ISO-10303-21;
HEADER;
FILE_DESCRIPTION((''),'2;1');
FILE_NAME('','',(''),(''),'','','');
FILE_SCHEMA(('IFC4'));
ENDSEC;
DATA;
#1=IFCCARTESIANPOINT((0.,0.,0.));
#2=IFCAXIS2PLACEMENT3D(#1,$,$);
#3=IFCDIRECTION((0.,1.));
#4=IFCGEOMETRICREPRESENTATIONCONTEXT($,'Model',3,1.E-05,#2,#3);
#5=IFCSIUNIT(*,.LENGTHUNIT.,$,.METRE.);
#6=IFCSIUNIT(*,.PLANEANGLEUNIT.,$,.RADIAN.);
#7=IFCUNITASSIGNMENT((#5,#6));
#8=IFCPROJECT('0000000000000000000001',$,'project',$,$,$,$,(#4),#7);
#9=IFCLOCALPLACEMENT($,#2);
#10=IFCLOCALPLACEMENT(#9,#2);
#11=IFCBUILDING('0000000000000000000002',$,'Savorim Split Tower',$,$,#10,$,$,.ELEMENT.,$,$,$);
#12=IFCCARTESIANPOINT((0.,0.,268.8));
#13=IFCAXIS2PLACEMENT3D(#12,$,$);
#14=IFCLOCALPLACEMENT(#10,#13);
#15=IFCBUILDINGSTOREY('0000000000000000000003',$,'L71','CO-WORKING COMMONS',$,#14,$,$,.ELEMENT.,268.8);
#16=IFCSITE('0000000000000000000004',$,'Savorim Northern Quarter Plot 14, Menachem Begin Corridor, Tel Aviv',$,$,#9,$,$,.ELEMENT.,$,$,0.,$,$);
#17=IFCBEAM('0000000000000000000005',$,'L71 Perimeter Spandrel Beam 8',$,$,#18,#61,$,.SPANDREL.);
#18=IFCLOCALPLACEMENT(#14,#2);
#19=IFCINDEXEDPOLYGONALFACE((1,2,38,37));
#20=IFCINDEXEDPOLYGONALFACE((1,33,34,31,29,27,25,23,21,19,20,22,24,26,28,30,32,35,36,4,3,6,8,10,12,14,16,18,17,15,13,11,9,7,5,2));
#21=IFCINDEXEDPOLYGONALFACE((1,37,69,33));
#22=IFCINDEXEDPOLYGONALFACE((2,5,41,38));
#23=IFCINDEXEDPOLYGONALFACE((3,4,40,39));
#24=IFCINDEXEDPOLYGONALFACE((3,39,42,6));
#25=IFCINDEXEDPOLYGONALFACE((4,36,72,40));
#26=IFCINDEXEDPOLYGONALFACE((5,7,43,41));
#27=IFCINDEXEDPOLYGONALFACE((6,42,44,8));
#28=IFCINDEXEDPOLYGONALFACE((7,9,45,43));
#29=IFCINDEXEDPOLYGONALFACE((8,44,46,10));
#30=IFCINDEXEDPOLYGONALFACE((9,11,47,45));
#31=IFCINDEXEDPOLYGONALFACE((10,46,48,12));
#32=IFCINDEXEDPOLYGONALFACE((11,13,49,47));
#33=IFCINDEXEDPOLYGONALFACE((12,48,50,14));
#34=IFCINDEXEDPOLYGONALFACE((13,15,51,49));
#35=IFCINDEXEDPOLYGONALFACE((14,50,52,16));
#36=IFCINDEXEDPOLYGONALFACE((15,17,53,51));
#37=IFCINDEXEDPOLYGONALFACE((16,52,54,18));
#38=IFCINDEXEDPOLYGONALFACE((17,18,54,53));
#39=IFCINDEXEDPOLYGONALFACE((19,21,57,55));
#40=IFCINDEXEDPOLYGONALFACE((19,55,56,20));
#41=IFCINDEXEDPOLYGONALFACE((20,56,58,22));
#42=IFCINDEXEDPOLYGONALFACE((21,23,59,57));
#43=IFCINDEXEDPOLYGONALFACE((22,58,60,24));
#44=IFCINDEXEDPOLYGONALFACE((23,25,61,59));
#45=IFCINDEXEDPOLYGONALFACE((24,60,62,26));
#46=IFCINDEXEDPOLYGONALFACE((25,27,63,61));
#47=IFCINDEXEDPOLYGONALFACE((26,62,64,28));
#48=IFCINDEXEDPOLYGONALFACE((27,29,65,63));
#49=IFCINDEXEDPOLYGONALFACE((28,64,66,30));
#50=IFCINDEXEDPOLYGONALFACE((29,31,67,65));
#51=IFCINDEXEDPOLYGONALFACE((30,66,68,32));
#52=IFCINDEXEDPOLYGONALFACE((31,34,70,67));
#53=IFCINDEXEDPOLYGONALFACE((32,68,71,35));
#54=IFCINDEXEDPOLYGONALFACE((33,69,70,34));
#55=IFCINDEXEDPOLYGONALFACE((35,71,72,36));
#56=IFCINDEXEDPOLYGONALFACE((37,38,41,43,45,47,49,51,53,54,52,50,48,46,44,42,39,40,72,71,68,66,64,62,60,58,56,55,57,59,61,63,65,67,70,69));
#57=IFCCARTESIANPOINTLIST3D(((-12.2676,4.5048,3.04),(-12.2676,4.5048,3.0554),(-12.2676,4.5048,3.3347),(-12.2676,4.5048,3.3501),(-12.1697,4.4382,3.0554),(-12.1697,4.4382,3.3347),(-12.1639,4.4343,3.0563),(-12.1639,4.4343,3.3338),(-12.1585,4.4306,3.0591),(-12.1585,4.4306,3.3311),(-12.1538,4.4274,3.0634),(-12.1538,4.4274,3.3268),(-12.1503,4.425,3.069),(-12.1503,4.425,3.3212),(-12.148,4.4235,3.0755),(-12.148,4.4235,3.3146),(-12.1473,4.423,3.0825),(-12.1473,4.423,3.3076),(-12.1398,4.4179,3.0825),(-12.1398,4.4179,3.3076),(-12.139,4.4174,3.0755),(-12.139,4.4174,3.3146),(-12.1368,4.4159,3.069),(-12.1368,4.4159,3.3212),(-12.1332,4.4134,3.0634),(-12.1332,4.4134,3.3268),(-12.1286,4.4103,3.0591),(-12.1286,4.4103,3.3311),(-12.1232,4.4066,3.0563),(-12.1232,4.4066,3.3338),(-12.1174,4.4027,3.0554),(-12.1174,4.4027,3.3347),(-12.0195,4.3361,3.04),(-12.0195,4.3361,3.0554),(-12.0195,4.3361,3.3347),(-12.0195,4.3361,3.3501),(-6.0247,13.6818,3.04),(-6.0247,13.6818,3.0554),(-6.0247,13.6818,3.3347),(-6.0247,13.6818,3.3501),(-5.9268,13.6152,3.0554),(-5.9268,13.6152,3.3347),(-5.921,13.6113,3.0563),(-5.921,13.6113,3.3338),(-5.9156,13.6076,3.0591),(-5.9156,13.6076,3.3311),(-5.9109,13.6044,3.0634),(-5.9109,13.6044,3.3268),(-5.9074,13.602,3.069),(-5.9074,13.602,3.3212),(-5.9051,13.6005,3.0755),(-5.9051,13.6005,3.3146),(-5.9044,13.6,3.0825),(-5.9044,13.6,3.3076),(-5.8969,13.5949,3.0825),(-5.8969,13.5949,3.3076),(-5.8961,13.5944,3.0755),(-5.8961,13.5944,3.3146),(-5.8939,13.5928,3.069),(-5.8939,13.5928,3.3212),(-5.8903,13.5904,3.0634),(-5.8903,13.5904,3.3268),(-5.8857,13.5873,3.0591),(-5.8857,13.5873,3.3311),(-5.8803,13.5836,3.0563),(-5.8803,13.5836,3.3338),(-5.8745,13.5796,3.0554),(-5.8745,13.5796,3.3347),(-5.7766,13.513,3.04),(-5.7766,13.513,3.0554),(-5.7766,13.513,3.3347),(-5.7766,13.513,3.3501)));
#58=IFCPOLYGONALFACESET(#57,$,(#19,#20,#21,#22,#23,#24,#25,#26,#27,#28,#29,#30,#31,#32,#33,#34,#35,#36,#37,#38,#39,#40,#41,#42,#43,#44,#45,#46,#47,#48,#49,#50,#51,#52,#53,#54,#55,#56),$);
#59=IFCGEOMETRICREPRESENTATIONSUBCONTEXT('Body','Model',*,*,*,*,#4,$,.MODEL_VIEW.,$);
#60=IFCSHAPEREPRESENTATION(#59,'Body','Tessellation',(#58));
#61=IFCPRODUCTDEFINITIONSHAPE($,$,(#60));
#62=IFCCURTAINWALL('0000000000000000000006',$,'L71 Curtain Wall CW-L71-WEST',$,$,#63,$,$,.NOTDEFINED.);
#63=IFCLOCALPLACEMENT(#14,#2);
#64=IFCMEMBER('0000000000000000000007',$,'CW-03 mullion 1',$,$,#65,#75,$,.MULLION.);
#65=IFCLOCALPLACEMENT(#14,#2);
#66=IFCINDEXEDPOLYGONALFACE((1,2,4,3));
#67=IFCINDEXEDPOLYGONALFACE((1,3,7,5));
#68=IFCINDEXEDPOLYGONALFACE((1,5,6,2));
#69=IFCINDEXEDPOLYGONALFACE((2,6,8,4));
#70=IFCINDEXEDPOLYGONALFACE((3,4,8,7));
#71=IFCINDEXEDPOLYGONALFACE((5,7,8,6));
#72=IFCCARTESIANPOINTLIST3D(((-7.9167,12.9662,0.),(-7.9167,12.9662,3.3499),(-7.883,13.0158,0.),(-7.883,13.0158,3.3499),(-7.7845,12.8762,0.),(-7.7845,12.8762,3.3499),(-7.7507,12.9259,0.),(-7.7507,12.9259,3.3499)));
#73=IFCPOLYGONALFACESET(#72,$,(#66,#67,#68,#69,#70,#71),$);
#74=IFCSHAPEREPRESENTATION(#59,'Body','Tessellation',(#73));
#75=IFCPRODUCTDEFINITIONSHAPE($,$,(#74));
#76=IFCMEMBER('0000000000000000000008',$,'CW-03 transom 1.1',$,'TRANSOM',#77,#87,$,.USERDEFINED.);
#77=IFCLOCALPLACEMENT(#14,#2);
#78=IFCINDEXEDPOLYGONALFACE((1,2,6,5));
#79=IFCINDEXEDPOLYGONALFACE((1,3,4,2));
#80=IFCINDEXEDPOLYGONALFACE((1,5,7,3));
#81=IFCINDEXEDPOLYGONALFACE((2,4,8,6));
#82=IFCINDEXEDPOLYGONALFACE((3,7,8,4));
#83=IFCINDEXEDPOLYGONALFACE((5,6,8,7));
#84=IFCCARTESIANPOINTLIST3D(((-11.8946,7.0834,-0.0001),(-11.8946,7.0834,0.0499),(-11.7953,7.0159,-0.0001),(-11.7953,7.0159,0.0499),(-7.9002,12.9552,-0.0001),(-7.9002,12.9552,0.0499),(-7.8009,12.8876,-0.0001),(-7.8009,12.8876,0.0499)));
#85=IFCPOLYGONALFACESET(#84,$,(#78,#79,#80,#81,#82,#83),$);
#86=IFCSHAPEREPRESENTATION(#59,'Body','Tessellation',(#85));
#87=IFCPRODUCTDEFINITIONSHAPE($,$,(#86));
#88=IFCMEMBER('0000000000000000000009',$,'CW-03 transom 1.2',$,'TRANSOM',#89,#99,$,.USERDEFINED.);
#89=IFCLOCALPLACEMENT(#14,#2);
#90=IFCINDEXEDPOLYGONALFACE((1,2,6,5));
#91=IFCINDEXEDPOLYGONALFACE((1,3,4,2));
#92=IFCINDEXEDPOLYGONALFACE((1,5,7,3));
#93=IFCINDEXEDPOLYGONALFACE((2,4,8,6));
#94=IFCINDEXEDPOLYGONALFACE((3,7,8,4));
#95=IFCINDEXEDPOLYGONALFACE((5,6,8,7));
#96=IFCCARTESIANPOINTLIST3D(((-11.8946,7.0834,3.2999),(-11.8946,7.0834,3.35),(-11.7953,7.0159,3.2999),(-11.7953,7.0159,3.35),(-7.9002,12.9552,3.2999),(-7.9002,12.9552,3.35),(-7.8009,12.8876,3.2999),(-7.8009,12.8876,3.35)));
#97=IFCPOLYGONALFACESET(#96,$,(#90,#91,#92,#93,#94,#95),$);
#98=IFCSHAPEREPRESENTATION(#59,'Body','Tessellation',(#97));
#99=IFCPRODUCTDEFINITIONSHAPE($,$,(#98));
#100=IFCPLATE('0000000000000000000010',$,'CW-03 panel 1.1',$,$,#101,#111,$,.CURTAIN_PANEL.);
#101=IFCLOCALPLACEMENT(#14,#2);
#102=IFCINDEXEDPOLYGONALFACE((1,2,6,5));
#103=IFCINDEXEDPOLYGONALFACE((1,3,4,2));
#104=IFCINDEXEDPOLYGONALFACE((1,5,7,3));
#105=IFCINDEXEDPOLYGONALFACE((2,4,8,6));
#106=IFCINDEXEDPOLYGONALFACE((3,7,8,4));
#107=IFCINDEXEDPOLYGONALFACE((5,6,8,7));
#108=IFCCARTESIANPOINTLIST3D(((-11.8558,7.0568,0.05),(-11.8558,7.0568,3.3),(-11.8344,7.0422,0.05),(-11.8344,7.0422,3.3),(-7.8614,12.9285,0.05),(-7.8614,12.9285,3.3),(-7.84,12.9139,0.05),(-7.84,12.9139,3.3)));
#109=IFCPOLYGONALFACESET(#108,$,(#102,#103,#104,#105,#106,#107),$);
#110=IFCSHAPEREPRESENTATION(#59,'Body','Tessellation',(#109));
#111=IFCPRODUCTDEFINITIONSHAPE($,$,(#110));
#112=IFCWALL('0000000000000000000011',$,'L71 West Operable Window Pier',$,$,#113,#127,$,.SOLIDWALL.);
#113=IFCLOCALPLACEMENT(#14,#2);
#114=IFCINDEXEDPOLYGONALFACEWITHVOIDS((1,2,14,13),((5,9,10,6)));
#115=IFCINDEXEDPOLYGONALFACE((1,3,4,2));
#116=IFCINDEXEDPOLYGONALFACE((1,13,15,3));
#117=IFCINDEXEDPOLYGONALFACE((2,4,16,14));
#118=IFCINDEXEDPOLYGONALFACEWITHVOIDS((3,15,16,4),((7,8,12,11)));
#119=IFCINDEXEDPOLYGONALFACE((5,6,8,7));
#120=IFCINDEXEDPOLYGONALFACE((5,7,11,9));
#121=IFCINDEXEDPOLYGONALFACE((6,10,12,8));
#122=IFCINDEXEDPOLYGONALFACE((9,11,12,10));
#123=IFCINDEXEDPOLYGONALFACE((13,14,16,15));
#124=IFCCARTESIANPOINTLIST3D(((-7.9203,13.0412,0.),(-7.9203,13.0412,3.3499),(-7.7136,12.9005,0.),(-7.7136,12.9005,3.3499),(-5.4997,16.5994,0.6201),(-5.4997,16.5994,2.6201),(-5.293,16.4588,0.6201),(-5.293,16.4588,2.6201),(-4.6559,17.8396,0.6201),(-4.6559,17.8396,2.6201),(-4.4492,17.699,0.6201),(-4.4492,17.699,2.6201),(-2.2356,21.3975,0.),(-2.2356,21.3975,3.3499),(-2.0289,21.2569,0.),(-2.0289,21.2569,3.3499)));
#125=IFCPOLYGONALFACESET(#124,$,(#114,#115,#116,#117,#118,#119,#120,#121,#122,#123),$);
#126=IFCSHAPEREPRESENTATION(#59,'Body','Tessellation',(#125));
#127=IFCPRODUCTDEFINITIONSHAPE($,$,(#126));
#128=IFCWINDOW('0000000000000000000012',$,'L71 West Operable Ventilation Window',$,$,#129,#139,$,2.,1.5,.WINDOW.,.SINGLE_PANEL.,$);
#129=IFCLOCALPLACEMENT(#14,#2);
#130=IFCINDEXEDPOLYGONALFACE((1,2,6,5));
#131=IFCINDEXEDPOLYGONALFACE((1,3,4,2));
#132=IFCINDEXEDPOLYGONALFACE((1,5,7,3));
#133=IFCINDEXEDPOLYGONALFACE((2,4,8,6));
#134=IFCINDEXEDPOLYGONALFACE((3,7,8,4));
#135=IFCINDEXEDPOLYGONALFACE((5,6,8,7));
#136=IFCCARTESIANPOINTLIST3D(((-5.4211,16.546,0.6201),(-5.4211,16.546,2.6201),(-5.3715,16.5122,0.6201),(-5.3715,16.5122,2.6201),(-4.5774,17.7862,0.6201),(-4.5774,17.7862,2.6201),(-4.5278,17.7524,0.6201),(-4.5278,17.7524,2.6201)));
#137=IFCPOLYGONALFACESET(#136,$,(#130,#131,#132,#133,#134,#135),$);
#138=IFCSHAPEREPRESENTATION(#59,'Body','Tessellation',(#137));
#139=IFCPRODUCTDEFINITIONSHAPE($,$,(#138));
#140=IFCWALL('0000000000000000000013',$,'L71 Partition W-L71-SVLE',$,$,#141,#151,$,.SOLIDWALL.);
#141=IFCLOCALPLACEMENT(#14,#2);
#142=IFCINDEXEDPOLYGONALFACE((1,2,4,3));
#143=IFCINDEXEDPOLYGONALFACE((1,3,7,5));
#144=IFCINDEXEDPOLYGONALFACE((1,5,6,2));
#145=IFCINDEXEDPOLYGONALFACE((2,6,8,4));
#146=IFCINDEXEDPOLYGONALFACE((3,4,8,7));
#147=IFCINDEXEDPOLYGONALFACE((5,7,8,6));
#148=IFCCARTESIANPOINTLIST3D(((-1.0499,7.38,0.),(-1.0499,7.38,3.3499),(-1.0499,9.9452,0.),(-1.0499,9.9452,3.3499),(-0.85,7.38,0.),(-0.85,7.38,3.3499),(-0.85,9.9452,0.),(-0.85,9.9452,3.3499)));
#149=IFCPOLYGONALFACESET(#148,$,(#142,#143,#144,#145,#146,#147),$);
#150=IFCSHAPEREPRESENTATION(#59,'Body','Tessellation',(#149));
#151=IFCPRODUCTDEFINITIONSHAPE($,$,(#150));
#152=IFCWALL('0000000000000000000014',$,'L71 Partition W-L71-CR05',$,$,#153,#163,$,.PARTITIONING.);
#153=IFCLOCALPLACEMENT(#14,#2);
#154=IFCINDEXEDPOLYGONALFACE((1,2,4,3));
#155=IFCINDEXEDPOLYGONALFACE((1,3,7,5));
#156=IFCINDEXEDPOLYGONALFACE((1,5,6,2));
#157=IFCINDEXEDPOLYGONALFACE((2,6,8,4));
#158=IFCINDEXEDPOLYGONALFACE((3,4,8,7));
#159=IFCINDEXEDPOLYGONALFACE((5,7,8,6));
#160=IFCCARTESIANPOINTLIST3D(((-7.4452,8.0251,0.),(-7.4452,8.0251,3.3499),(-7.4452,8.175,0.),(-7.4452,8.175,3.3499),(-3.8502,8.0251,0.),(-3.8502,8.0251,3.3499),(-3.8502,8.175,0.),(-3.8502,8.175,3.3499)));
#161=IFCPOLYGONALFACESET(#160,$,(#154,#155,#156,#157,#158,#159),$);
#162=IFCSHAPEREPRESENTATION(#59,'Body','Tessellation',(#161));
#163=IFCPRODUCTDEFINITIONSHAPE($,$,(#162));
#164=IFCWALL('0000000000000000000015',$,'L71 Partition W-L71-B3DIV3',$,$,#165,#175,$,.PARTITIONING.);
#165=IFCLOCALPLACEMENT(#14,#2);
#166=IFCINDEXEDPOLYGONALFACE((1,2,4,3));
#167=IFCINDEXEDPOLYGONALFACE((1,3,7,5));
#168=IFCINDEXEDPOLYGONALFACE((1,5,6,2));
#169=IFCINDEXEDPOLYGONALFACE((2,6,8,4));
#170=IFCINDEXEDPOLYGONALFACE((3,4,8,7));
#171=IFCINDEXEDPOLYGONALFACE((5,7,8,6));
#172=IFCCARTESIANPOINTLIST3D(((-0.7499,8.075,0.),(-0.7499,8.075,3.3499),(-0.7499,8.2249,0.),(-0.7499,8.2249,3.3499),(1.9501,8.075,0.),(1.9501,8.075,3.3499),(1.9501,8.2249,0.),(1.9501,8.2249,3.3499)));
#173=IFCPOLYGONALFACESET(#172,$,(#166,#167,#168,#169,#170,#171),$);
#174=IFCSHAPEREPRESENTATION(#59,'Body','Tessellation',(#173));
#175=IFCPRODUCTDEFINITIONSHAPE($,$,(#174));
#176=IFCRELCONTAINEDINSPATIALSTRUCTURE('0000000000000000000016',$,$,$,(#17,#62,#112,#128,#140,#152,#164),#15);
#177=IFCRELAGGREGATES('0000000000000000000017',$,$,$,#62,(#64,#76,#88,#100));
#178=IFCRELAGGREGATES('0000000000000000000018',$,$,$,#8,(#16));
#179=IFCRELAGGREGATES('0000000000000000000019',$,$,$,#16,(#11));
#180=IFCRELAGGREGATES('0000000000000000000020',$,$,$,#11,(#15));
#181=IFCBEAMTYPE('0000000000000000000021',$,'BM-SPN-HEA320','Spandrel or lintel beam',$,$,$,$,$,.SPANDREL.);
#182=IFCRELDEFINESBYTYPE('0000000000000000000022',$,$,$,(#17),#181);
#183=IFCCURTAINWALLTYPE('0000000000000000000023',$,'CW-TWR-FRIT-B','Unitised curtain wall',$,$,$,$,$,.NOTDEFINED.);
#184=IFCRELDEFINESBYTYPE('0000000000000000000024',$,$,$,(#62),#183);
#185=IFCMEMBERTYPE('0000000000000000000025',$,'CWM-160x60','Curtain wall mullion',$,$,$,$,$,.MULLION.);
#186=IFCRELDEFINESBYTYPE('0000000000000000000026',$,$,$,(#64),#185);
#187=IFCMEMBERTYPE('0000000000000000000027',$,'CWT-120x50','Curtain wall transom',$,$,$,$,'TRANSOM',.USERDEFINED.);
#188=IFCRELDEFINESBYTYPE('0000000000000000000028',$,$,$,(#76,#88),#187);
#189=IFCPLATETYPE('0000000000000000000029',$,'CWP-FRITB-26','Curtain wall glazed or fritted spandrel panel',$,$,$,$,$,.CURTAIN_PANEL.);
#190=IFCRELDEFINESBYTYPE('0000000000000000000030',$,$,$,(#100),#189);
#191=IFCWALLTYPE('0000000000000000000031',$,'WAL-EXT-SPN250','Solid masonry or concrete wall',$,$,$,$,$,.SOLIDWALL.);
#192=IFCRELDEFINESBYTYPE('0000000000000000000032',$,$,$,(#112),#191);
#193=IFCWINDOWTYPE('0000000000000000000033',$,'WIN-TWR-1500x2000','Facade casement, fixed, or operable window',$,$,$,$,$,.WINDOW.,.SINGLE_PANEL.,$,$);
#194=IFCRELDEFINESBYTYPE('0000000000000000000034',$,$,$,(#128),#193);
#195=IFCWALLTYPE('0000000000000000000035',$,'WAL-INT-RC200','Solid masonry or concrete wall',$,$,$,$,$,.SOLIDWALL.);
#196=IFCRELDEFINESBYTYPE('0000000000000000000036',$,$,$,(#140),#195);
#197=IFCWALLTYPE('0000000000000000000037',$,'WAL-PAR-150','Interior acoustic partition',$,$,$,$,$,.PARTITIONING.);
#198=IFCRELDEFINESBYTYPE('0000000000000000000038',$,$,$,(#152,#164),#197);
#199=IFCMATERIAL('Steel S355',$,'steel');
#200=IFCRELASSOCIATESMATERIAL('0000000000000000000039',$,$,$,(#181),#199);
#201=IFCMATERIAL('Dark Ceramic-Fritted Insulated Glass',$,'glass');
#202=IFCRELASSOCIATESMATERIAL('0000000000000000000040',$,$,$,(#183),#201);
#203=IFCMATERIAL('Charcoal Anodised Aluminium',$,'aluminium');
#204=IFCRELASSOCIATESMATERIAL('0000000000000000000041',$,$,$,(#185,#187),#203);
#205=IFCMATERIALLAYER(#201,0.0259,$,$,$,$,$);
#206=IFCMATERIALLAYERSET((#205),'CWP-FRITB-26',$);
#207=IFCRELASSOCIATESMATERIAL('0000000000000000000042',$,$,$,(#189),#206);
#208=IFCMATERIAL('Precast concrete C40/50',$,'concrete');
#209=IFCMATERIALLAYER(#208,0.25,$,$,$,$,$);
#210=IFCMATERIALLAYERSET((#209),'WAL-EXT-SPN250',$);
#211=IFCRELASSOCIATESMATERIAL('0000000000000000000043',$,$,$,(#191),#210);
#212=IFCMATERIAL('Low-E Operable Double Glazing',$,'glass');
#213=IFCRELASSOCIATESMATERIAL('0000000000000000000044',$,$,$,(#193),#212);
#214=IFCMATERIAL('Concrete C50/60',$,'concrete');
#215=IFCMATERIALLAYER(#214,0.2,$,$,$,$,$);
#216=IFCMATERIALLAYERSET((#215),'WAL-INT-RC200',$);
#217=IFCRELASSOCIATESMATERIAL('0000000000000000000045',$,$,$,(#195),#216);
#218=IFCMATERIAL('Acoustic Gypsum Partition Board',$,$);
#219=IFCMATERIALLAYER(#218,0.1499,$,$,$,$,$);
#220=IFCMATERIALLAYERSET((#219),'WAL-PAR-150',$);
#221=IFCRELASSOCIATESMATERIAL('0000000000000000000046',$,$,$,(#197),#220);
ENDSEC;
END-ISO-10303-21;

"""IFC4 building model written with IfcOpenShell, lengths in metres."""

from ifc_helpers import new_model, si_unit, direction, frame, frame_2d, origin, origin_2d, place, context, subcontext, project, spatial, rectangle, i_section, extrude, material, layer, layer_set, material_profile, profile_set, type_object, element, fill, aggregate, save


model = new_model("IFC4")

# Units and contexts
model_context = context("Model", 3, precision=1e-05, world=origin(), true_north=direction((0.0, 1.0)))
body_context = subcontext(model_context, "Body", "Model", "MODEL_VIEW")
ifc_project = project(units=[si_unit("LENGTHUNIT", "METRE"), si_unit("PLANEANGLEUNIT", "RADIAN")], contexts=[model_context])

# Site, building, storey
site_placement = place(None, origin())
site = spatial("IfcSite", under=ifc_project, at=site_placement, Name="Savorim Northern Quarter Plot 14, Menachem Begin Corridor, Tel Aviv", CompositionType="ELEMENT", RefElevation=0.0)
building_placement = place(site_placement, origin())
building = spatial("IfcBuilding", under=site, at=building_placement, Name="Savorim Split Tower", CompositionType="ELEMENT")
storey_placement = place(building_placement, frame((0.0, 0.0, 268.8)))
storey = spatial("IfcBuildingStorey", under=building, at=storey_placement, Name="L71", Description="CO-WORKING COMMONS", CompositionType="ELEMENT", Elevation=268.8)

# Shared definitions
ifc_material_1 = material(Name="Steel S355", Category="steel")

# Beam
ifc_material_profile_1 = material_profile(ifc_material_1, i_section(OverallWidth=0.3, OverallDepth=0.3101, WebThickness=0.009, FlangeThickness=0.0154, FilletRadius=0.0271, at=origin_2d()), Name="HEA 320")
ifc_profile_set_1 = profile_set([ifc_material_profile_1], Name="Steel S355")
beam_type_1 = type_object("IfcBeamType", Name="BM-SPN-HEA320", Description="Spandrel or lintel beam", PredefinedType="SPANDREL", material=ifc_profile_set_1)
beam_1_placement = place(storey_placement, frame((-5.9006, 13.5974, 3.1951), z_axis=(-0.562468, -0.826819, 0.0), x_axis=(0.826819, -0.562468, 0.0)))
element("IfcBeam", 1, at=beam_1_placement, inside=storey, type_object=beam_type_1, Name="L71 Perimeter Spandrel Beam 8", PredefinedType="SPANDREL", context=body_context, shape_type="SweptSolid", body=[
    extrude(i_section(OverallWidth=0.3, OverallDepth=0.3101, WebThickness=0.009, FlangeThickness=0.0154, FilletRadius=0.0271, at=origin_2d()), origin(), (0.0, 0.0, 1.0), 11.0991),
])

# Curtain wall, members, plate
ifc_material_2 = material(Name="Dark Ceramic-Fritted Insulated Glass", Category="glass")
curtain_wall_type = type_object("IfcCurtainWallType", Name="CW-TWR-FRIT-B", Description="Unitised curtain wall", PredefinedType="NOTDEFINED", material=ifc_material_2)
curtain_wall_placement = place(storey_placement, origin())
curtain_wall = element("IfcCurtainWall", 2, at=curtain_wall_placement, inside=storey, type_object=curtain_wall_type, Name="L71 Curtain Wall CW-L71-WEST", PredefinedType="NOTDEFINED")
ifc_material_3 = material(Name="Charcoal Anodised Aluminium", Category="aluminium")
ifc_material_profile_2 = material_profile(ifc_material_3, rectangle(XDim=0.1599, YDim=0.0601, at=origin_2d()), Name="ALU-M 160x60")
ifc_profile_set_2 = profile_set([ifc_material_profile_2], Name="Charcoal Anodised Aluminium")
member_type_1 = type_object("IfcMemberType", Name="CWM-160x60", Description="Curtain wall mullion", PredefinedType="MULLION", material=ifc_profile_set_2)
member_1_placement = place(storey_placement, frame((-7.8337, 12.946, 0.0), z_axis=(0.0, 0.0, 1.0), x_axis=(0.826817, -0.56247, 0.0)))
member_1 = element("IfcMember", 3, at=member_1_placement, type_object=member_type_1, Name="CW-03 mullion 1", PredefinedType="MULLION", context=body_context, shape_type="SweptSolid", body=[
    extrude(rectangle(XDim=0.1599, YDim=0.0601, at=origin_2d()), origin(), (0.0, 0.0, 1.0), 3.3499),
])
ifc_material_profile_3 = material_profile(ifc_material_3, rectangle(XDim=0.1201, YDim=0.05, at=origin_2d()), Name="ALU-T 120x50")
ifc_profile_set_3 = profile_set([ifc_material_profile_3], Name="Charcoal Anodised Aluminium")
member_type_2 = type_object("IfcMemberType", Name="CWT-120x50", Description="Curtain wall transom", ElementType="TRANSOM", PredefinedType="USERDEFINED", material=ifc_profile_set_3)
member_2_placement = place(storey_placement, frame((-7.8506, 12.9214, 0.0249), z_axis=(-0.562459, -0.826825, 0.0), x_axis=(0.826825, -0.562459, 0.0)))
member_2 = element("IfcMember", 4, at=member_2_placement, type_object=member_type_2, Name="CW-03 transom 1.1", ObjectType="TRANSOM", PredefinedType="USERDEFINED", context=body_context, shape_type="SweptSolid", body=[
    extrude(rectangle(XDim=0.1201, YDim=0.05, at=origin_2d()), origin(), (0.0, 0.0, 1.0), 7.1016),
])
member_3_placement = place(storey_placement, frame((-7.8506, 12.9214, 3.325), z_axis=(-0.562459, -0.826825, 0.0), x_axis=(0.826825, -0.562459, 0.0)))
member_3 = element("IfcMember", 5, at=member_3_placement, type_object=member_type_2, Name="CW-03 transom 1.2", ObjectType="TRANSOM", PredefinedType="USERDEFINED", context=body_context, shape_type="SweptSolid", body=[
    extrude(rectangle(XDim=0.1201, YDim=0.05, at=origin_2d()), origin(), (0.0, 0.0, 1.0), 7.1016),
])
ifc_layer_1 = layer(ifc_material_2, 0.0259)
ifc_layer_set_1 = layer_set([ifc_layer_1], Name="CWP-FRITB-26")
plate_type = type_object("IfcPlateType", Name="CWP-FRITB-26", Description="Curtain wall glazed or fritted spandrel panel", PredefinedType="CURTAIN_PANEL", material=ifc_layer_set_1)
plate_placement = place(storey_placement, frame((-9.8479, 9.9854, 0.05), z_axis=(0.0, 0.0, 1.0), x_axis=(-0.56247, -0.826817, 0.0)))
plate = element("IfcPlate", 6, at=plate_placement, type_object=plate_type, Name="CW-03 panel 1.1", PredefinedType="CURTAIN_PANEL", context=body_context, shape_type="SweptSolid", body=[
    extrude(rectangle(XDim=7.1016, YDim=0.0259, at=origin_2d()), origin(), (0.0, 0.0, 1.0), 3.25),
])
aggregate(curtain_wall, [member_1, member_2, member_3, plate])

# Shared definitions
ifc_material_4 = material(Name="Precast concrete C40/50", Category="concrete")

# Wall, opening, window
ifc_layer_2 = layer(ifc_material_4, 0.25)
ifc_layer_set_2 = layer_set([ifc_layer_2], Name="WAL-EXT-SPN250")
wall_type_1 = type_object("IfcWallType", Name="WAL-EXT-SPN250", Description="Solid masonry or concrete wall", PredefinedType="SOLIDWALL", material=ifc_layer_set_2)
wall_1_placement = place(storey_placement, frame((-7.8169, 12.9709, 0.0), z_axis=(0.0, 0.0, 1.0), x_axis=(0.562475, 0.826815, 0.0)))
wall_1 = element("IfcWall", 7, at=wall_1_placement, inside=storey, type_object=wall_type_1, Name="L71 West Operable Window Pier", PredefinedType="SOLIDWALL", context=body_context, shape_type="SweptSolid", body=[
    extrude(rectangle(XDim=10.1067, YDim=0.25, at=frame_2d((5.0532, 0.0))), origin(), (0.0, 0.0, 1.0), 3.3499),
])
opening_1_placement = place(wall_1_placement, frame((4.3035, 0.0, 0.6201)))
opening_1 = element("IfcOpeningElement", 8, at=opening_1_placement, cuts=wall_1, PredefinedType="OPENING", context=body_context, shape_type="SweptSolid", body=[
    extrude(rectangle(XDim=1.5, YDim=2.0, at=frame_2d((0.75, 1.0))), frame((0.0, 0.135, 0.0), z_axis=(0.0, -1.0, 0.0), x_axis=(1.0, 0.0, 0.0)), (0.0, 0.0, 1.0), 0.27),
])
ifc_material_5 = material(Name="Low-E Operable Double Glazing", Category="glass")
window_type = type_object("IfcWindowType", Name="WIN-TWR-1500x2000", Description="Facade casement, fixed, or operable window", PartitioningType="SINGLE_PANEL", PredefinedType="WINDOW", material=ifc_material_5)
window_placement = place(opening_1_placement, origin())
window = element("IfcWindow", 9, at=window_placement, inside=storey, type_object=window_type, Name="L71 West Operable Ventilation Window", OverallHeight=2.0, OverallWidth=1.5, PartitioningType="SINGLE_PANEL", PredefinedType="WINDOW", context=body_context, shape_type="SweptSolid", body=[
    extrude(rectangle(XDim=1.5, YDim=2.0, at=frame_2d((0.75, 1.0))), frame((0.0, 0.03, 0.0), z_axis=(0.0, -1.0, 0.0), x_axis=(1.0, 0.0, 0.0)), (0.0, 0.0, 1.0), 0.0601),
])
fill(opening_1, window)

# Walls
ifc_material_6 = material(Name="Concrete C50/60", Category="concrete")
ifc_layer_3 = layer(ifc_material_6, 0.2)
ifc_layer_set_3 = layer_set([ifc_layer_3], Name="WAL-INT-RC200")
wall_type_2 = type_object("IfcWallType", Name="WAL-INT-RC200", Description="Solid masonry or concrete wall", PredefinedType="SOLIDWALL", material=ifc_layer_set_3)
wall_2_placement = place(storey_placement, frame((-0.95, 7.3799, 0.0), z_axis=(0.0, 0.0, 1.0), x_axis=(0.0, 1.0, 0.0)))
element("IfcWall", 10, at=wall_2_placement, inside=storey, type_object=wall_type_2, Name="L71 Partition W-L71-SVLE", PredefinedType="SOLIDWALL", context=body_context, shape_type="SweptSolid", body=[
    extrude(rectangle(XDim=2.5652, YDim=0.2, at=frame_2d((1.2827, 0.0))), origin(), (0.0, 0.0, 1.0), 3.3499),
])
ifc_material_7 = material(Name="Acoustic Gypsum Partition Board")
ifc_layer_4 = layer(ifc_material_7, 0.1499)
ifc_layer_set_4 = layer_set([ifc_layer_4], Name="WAL-PAR-150")
wall_type_3 = type_object("IfcWallType", Name="WAL-PAR-150", Description="Interior acoustic partition", PredefinedType="PARTITIONING", material=ifc_layer_set_4)
wall_3_placement = place(storey_placement, frame((-7.4451, 8.1001, 0.0), z_axis=(0.0, 0.0, 1.0), x_axis=(1.0, 0.0, 0.0)))
element("IfcWall", 11, at=wall_3_placement, inside=storey, type_object=wall_type_3, Name="L71 Partition W-L71-CR05", PredefinedType="PARTITIONING", context=body_context, shape_type="SweptSolid", body=[
    extrude(rectangle(XDim=3.595, YDim=0.1499, at=frame_2d((1.7974, 0.0))), origin(), (0.0, 0.0, 1.0), 3.3499),
])
wall_4_placement = place(storey_placement, frame((-0.75, 8.1499, 0.0), z_axis=(0.0, 0.0, 1.0), x_axis=(1.0, 0.0, 0.0)))
element("IfcWall", 12, at=wall_4_placement, inside=storey, type_object=wall_type_3, Name="L71 Partition W-L71-B3DIV3", PredefinedType="PARTITIONING", context=body_context, shape_type="SweptSolid", body=[
    extrude(rectangle(XDim=2.7, YDim=0.1499, at=frame_2d((1.3501, 0.0))), origin(), (0.0, 0.0, 1.0), 3.3499),
])

save(model, "model.ifc")
